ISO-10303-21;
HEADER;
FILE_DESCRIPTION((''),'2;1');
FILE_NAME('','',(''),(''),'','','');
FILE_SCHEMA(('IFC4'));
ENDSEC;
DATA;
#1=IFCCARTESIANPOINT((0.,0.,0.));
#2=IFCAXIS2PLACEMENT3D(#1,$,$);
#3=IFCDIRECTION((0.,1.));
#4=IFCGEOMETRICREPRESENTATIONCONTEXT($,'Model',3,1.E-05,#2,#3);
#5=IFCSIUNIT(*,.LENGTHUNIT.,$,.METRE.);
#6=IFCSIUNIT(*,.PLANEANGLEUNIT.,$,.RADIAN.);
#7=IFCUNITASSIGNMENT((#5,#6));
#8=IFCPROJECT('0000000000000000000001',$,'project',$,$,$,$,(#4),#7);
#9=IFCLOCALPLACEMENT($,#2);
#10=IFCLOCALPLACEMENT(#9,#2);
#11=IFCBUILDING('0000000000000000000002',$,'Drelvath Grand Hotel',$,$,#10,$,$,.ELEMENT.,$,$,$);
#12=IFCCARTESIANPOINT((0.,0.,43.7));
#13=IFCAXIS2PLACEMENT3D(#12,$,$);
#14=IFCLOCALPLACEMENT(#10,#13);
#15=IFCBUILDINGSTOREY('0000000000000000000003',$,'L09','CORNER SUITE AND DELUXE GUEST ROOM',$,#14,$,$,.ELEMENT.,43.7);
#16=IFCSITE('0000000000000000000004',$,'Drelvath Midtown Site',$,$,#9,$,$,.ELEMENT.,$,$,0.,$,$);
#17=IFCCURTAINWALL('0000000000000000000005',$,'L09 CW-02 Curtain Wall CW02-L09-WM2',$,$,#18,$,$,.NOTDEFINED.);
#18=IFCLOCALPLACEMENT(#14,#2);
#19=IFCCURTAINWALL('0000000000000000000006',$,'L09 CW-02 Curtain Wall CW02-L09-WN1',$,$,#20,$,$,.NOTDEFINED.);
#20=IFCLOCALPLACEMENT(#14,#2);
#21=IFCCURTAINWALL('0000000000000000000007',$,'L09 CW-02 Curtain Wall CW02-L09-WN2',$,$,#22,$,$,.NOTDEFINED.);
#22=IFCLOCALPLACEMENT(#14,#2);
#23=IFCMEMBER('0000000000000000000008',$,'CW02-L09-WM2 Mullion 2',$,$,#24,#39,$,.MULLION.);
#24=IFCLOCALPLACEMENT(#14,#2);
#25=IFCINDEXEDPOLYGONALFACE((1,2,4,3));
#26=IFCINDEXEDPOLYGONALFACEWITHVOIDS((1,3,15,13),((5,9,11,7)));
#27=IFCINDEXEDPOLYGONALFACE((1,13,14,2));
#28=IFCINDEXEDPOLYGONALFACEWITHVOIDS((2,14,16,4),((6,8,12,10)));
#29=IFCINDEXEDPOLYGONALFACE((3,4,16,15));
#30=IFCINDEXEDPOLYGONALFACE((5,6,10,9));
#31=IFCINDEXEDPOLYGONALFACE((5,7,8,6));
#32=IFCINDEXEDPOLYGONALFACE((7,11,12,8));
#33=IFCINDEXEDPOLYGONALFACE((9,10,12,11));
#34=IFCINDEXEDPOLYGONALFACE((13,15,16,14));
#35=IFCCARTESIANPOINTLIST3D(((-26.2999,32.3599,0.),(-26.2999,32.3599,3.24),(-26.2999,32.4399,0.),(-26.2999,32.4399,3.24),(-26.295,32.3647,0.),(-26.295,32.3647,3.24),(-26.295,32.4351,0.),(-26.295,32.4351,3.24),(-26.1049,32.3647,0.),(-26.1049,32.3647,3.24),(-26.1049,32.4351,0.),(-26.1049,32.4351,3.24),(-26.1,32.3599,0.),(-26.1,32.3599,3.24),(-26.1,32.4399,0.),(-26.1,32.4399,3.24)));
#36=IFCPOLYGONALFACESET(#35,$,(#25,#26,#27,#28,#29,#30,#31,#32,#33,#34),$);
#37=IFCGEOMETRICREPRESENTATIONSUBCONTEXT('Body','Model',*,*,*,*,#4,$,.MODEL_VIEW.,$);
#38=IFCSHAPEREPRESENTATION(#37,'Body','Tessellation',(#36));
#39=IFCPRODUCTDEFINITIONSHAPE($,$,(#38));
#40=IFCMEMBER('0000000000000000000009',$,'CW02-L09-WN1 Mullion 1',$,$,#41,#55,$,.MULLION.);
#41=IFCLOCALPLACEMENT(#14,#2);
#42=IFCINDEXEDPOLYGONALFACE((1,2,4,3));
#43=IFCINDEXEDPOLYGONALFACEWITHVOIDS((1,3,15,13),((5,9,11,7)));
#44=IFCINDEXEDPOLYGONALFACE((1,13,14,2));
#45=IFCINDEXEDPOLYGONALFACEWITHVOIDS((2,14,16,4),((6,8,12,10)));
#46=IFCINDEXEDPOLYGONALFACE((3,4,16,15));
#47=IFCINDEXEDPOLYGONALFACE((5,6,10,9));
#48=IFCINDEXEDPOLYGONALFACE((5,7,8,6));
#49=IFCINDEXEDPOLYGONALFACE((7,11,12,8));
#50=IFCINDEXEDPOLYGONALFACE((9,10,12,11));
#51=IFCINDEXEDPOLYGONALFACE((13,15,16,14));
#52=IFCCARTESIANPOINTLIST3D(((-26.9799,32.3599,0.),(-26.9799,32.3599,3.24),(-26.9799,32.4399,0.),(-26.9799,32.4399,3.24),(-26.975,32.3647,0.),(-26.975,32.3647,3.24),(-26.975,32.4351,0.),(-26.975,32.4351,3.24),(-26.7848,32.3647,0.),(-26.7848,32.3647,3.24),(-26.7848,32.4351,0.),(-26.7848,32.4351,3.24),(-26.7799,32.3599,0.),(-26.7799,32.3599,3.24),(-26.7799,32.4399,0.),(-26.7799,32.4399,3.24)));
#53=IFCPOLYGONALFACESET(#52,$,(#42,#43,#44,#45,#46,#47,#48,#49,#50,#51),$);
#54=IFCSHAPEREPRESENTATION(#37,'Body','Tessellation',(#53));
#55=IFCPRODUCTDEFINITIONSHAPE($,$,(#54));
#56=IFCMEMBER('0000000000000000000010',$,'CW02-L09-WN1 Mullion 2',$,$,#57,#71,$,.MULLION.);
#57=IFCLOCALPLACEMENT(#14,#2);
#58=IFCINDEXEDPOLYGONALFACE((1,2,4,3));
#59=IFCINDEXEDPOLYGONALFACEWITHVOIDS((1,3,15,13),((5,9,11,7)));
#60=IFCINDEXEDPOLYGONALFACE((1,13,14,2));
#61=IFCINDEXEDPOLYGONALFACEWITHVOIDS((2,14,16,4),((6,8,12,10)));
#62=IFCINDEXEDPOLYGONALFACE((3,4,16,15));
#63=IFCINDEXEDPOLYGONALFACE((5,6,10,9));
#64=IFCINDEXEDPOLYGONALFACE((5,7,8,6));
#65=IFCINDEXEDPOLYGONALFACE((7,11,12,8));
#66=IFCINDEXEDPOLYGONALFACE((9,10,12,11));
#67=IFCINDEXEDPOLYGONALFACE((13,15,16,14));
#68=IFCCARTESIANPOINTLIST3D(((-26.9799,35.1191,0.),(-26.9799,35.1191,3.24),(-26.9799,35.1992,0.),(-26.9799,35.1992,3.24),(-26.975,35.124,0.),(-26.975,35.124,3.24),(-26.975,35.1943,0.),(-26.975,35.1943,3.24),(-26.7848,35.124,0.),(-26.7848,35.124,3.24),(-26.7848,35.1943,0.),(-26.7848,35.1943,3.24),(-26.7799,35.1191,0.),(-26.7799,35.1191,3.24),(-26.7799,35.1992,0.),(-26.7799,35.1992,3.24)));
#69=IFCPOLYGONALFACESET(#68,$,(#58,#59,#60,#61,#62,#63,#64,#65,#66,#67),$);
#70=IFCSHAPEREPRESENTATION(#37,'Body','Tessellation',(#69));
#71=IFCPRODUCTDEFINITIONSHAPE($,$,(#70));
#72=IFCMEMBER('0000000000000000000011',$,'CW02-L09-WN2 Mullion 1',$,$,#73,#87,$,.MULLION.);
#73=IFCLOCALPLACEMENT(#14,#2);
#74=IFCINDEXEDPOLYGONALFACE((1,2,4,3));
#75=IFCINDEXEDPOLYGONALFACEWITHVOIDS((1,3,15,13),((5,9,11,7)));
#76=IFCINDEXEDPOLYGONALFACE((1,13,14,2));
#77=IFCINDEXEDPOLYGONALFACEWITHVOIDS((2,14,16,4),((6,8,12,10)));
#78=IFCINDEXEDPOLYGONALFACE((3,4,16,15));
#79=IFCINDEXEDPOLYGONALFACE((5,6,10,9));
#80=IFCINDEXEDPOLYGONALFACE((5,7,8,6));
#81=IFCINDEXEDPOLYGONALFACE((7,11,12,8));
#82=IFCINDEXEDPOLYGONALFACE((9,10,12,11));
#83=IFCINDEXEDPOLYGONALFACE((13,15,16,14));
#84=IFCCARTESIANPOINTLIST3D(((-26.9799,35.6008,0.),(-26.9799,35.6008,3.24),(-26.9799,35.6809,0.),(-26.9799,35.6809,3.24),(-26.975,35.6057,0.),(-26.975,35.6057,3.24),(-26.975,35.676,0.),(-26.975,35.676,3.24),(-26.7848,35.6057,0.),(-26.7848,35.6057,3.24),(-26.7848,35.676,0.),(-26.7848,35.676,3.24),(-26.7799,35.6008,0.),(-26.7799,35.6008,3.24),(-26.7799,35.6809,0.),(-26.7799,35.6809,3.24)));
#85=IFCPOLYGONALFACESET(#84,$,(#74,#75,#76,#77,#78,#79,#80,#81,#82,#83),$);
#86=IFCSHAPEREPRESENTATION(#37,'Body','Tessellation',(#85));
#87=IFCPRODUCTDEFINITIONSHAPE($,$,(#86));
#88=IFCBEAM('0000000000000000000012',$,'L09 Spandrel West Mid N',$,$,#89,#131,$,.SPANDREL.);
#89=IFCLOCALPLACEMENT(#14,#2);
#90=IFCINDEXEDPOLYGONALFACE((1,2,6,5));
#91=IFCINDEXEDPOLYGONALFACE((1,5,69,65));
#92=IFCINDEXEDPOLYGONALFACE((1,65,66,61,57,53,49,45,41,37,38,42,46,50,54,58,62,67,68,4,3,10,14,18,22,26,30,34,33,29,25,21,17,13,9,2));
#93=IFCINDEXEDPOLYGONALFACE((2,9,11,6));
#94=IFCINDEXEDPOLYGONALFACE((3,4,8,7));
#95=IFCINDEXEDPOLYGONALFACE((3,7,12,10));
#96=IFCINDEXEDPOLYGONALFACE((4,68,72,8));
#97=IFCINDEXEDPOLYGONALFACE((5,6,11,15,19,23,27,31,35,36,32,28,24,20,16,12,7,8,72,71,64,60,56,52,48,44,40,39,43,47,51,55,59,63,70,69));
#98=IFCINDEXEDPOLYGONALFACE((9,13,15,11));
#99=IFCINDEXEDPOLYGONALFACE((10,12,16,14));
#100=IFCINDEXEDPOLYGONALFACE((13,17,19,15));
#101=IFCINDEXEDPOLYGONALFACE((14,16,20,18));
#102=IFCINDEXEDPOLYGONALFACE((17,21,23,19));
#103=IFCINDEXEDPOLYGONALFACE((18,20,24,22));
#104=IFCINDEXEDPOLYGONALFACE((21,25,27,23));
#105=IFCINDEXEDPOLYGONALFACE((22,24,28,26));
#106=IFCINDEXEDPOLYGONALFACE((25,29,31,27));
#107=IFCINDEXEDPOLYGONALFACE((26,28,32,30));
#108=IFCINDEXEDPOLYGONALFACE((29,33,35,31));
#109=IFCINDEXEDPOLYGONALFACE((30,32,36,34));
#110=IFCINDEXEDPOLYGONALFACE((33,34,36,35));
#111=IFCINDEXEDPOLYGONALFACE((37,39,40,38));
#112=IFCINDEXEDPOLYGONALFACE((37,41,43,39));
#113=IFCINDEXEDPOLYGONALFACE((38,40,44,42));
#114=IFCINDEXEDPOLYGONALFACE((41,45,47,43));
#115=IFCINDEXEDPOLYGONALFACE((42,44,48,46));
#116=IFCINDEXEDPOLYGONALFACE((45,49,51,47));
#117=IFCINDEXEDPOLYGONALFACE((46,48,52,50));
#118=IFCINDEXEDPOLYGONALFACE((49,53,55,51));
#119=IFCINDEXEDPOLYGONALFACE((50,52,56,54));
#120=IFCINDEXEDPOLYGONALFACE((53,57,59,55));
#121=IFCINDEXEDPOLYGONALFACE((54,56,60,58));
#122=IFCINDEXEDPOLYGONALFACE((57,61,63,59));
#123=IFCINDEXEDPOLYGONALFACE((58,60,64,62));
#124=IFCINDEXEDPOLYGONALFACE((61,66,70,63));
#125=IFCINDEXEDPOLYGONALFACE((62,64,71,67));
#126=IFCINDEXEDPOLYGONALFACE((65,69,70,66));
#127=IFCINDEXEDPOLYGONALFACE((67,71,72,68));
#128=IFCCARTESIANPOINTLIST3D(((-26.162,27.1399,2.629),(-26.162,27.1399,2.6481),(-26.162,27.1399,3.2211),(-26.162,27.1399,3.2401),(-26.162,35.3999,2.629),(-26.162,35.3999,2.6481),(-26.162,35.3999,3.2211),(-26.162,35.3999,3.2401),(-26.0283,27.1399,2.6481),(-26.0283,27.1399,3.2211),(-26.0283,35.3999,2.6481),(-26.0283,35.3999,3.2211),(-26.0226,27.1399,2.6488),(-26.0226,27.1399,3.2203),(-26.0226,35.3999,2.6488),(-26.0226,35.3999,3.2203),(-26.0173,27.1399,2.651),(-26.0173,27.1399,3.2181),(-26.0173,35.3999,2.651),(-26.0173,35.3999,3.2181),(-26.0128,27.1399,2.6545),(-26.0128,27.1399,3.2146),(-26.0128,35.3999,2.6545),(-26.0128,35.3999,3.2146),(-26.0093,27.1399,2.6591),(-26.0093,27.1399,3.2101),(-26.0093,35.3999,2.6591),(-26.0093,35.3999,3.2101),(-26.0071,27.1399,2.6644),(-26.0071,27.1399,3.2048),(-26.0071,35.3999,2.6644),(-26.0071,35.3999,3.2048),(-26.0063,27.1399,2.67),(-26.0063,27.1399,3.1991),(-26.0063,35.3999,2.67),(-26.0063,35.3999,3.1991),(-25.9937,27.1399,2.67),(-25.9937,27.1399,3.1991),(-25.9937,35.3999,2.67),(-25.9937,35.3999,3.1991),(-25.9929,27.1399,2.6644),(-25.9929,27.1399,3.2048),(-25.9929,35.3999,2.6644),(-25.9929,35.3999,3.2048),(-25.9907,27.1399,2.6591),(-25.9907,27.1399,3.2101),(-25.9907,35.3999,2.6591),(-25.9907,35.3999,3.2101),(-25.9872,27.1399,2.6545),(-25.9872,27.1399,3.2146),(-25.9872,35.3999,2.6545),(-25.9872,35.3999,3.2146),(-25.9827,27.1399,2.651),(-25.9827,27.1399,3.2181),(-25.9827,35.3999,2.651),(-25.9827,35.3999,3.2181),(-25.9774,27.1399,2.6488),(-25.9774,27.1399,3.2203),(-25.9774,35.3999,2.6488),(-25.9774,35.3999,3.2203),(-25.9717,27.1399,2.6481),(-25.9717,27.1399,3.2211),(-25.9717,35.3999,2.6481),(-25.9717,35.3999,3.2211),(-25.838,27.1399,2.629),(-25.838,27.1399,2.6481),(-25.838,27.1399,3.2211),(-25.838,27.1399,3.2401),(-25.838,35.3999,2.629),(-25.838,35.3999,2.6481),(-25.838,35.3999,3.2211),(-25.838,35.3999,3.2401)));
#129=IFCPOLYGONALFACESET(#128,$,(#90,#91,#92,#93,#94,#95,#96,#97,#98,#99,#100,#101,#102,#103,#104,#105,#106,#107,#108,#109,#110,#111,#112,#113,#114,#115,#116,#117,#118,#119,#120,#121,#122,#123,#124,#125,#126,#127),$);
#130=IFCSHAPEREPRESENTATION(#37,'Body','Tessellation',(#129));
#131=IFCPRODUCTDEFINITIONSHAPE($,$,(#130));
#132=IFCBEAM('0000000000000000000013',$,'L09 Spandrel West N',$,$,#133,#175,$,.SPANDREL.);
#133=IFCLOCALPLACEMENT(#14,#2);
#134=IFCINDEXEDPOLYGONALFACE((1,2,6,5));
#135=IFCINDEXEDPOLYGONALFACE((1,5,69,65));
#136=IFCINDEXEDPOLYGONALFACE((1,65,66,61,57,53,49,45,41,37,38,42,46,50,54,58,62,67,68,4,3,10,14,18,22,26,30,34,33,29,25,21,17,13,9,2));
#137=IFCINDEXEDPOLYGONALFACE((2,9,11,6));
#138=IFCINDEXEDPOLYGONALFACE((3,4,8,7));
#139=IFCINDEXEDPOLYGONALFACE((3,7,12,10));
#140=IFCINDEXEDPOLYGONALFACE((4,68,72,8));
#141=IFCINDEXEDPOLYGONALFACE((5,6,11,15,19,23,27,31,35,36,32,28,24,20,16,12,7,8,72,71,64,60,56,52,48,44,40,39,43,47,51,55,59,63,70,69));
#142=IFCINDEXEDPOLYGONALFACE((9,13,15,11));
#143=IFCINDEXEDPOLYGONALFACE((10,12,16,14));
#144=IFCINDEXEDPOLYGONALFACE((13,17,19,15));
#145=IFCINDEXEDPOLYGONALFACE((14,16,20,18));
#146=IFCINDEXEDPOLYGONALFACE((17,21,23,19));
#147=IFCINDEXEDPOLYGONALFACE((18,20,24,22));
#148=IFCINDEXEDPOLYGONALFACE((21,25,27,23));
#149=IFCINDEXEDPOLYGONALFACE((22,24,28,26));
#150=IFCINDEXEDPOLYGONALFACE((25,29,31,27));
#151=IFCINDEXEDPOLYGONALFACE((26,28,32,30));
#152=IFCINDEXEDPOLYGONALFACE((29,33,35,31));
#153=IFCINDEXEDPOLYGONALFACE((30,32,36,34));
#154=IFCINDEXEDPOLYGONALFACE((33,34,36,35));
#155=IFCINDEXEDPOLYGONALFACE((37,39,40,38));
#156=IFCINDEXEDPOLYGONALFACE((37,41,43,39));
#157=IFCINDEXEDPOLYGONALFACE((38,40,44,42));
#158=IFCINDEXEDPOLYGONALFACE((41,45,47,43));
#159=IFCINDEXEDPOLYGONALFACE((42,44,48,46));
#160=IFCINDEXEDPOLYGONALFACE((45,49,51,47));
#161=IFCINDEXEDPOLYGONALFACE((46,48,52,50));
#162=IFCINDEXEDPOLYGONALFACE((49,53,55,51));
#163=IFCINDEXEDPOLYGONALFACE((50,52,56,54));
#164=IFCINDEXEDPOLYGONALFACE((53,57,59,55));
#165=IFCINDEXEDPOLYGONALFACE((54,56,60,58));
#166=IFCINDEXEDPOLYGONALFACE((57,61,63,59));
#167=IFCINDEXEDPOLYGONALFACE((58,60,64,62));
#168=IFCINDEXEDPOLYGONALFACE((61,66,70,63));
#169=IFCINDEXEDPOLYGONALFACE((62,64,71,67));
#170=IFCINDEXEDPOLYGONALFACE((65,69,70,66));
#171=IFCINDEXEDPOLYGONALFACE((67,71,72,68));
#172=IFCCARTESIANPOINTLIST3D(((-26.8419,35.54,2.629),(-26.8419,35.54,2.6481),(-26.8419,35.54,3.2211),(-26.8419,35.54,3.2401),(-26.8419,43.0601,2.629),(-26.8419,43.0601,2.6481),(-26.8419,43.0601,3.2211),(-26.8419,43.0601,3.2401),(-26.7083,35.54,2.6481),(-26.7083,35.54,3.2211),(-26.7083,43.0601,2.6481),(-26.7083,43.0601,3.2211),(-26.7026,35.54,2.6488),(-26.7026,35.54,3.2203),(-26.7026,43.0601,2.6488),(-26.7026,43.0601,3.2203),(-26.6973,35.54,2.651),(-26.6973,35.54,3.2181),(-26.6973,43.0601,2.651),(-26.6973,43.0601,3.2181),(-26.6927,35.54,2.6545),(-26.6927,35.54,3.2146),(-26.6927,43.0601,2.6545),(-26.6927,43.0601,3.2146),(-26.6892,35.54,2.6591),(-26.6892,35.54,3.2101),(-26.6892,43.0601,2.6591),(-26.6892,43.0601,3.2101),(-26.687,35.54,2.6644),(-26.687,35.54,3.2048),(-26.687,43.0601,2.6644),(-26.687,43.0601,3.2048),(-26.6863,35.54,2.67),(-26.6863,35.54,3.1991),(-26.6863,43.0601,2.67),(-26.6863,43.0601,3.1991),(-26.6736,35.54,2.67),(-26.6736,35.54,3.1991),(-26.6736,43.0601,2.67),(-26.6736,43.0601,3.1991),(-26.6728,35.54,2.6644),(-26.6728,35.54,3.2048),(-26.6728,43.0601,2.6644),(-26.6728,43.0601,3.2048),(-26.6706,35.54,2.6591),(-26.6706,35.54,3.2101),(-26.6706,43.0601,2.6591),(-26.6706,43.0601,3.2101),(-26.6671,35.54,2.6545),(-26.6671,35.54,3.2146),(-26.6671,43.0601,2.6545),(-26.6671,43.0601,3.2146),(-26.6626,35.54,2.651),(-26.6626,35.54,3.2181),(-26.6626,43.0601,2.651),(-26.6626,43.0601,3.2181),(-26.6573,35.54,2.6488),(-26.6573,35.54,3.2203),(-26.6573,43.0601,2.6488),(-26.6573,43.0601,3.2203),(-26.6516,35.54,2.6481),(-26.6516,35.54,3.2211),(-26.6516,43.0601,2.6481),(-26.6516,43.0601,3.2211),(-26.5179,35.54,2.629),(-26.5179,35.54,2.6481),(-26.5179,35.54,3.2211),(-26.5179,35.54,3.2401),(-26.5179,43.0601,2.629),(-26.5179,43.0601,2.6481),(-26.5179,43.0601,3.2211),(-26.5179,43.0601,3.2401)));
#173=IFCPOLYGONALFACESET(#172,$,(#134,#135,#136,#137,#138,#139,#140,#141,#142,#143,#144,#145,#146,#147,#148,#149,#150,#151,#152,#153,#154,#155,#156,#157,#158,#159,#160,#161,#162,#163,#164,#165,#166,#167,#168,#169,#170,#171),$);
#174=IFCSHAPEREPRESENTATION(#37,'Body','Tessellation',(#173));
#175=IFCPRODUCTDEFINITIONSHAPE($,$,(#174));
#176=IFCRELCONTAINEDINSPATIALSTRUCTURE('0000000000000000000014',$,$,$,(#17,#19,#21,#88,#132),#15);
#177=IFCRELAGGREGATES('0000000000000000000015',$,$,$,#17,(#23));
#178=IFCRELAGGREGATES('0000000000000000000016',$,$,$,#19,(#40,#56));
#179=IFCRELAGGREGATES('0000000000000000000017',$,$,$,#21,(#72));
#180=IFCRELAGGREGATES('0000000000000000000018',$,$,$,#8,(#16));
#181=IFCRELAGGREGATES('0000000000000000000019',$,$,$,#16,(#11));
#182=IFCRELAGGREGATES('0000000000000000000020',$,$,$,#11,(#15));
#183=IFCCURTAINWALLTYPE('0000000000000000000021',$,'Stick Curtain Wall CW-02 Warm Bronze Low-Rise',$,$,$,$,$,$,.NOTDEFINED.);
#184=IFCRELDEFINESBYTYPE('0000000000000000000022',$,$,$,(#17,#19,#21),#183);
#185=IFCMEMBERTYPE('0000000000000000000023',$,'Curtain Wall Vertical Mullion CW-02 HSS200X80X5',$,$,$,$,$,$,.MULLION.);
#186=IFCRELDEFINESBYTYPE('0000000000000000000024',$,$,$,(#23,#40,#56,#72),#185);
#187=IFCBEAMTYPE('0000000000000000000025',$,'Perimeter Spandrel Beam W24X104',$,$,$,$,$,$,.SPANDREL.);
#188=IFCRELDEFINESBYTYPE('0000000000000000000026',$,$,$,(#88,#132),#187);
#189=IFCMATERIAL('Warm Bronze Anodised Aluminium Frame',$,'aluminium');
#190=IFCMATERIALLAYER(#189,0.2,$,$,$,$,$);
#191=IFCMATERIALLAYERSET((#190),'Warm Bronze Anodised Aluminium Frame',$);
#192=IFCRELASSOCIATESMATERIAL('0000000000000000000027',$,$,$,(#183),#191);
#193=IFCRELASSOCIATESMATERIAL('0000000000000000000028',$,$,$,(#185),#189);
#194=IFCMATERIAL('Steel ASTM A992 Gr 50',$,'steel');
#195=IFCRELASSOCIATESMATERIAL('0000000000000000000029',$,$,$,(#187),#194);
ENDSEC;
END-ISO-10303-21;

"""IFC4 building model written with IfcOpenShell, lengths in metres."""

from ifc_helpers import new_model, si_unit, direction, frame, origin, origin_2d, place, context, subcontext, project, spatial, hollow_rectangle, i_section, extrude, material, layer, layer_set, material_profile, profile_set, type_object, element, aggregate, save


model = new_model("IFC4")

# Units and contexts
model_context = context("Model", 3, precision=1e-05, world=origin(), true_north=direction((0.0, 1.0)))
body_context = subcontext(model_context, "Body", "Model", "MODEL_VIEW")
ifc_project = project(units=[si_unit("LENGTHUNIT", "METRE"), si_unit("PLANEANGLEUNIT", "RADIAN")], contexts=[model_context])

# Site, building, storey
site_placement = place(None, origin())
site = spatial("IfcSite", under=ifc_project, at=site_placement, Name="Drelvath Midtown Site", CompositionType="ELEMENT", RefElevation=0.0)
building_placement = place(site_placement, origin())
building = spatial("IfcBuilding", under=site, at=building_placement, Name="Drelvath Grand Hotel", CompositionType="ELEMENT")
storey_placement = place(building_placement, frame((0.0, 0.0, 43.7)))
storey = spatial("IfcBuildingStorey", under=building, at=storey_placement, Name="L09", Description="CORNER SUITE AND DELUXE GUEST ROOM", CompositionType="ELEMENT", Elevation=43.7)

# Curtain walls
ifc_material_1 = material(Name="Warm Bronze Anodised Aluminium Frame", Category="aluminium")
ifc_layer_1 = layer(ifc_material_1, 0.2)
ifc_layer_set_1 = layer_set([ifc_layer_1], Name="Warm Bronze Anodised Aluminium Frame")
curtain_wall_type = type_object("IfcCurtainWallType", Name="Stick Curtain Wall CW-02 Warm Bronze Low-Rise", PredefinedType="NOTDEFINED", material=ifc_layer_set_1)
curtain_wall_1_placement = place(storey_placement, origin())
curtain_wall_1 = element("IfcCurtainWall", 1, at=curtain_wall_1_placement, inside=storey, type_object=curtain_wall_type, Name="L09 CW-02 Curtain Wall CW02-L09-WM2", PredefinedType="NOTDEFINED")
curtain_wall_2_placement = place(storey_placement, origin())
curtain_wall_2 = element("IfcCurtainWall", 2, at=curtain_wall_2_placement, inside=storey, type_object=curtain_wall_type, Name="L09 CW-02 Curtain Wall CW02-L09-WN1", PredefinedType="NOTDEFINED")
curtain_wall_3_placement = place(storey_placement, origin())
curtain_wall_3 = element("IfcCurtainWall", 3, at=curtain_wall_3_placement, inside=storey, type_object=curtain_wall_type, Name="L09 CW-02 Curtain Wall CW02-L09-WN2", PredefinedType="NOTDEFINED")
ifc_material_profile_1 = material_profile(ifc_material_1, hollow_rectangle(XDim=0.0801, YDim=0.2, WallThickness=0.0049, at=origin_2d()), Name="HSS200X80X5")
ifc_profile_set_1 = profile_set([ifc_material_profile_1], Name="Warm Bronze Anodised Aluminium Frame")
member_type_1 = type_object("IfcMemberType", Name="Curtain Wall Vertical Mullion CW-02 HSS200X80X5", PredefinedType="MULLION", material=ifc_profile_set_1)

# Members
member_1_placement = place(storey_placement, frame((-26.2, 32.3999, 0.0), z_axis=(0.0, 0.0, 1.0), x_axis=(0.0, 1.0, 0.0)))
member_1 = element("IfcMember", 4, at=member_1_placement, type_object=member_type_1, Name="CW02-L09-WM2 Mullion 2", PredefinedType="MULLION", context=body_context, shape_type="SweptSolid", body=[
    extrude(hollow_rectangle(XDim=0.0801, YDim=0.2, WallThickness=0.0049, at=origin_2d()), origin(), (0.0, 0.0, 1.0), 3.24),
])
member_2_placement = place(storey_placement, frame((-26.8799, 32.3999, 0.0), z_axis=(0.0, 0.0, 1.0), x_axis=(0.0, 1.0, 0.0)))
member_2 = element("IfcMember", 5, at=member_2_placement, type_object=member_type_1, Name="CW02-L09-WN1 Mullion 1", PredefinedType="MULLION", context=body_context, shape_type="SweptSolid", body=[
    extrude(hollow_rectangle(XDim=0.0801, YDim=0.2, WallThickness=0.0049, at=origin_2d()), origin(), (0.0, 0.0, 1.0), 3.24),
])
member_3_placement = place(storey_placement, frame((-26.8799, 35.1592, 0.0), z_axis=(0.0, 0.0, 1.0), x_axis=(0.0, 1.0, 0.0)))
member_3 = element("IfcMember", 6, at=member_3_placement, type_object=member_type_1, Name="CW02-L09-WN1 Mullion 2", PredefinedType="MULLION", context=body_context, shape_type="SweptSolid", body=[
    extrude(hollow_rectangle(XDim=0.0801, YDim=0.2, WallThickness=0.0049, at=origin_2d()), origin(), (0.0, 0.0, 1.0), 3.24),
])
member_4_placement = place(storey_placement, frame((-26.8799, 35.6409, 0.0), z_axis=(0.0, 0.0, 1.0), x_axis=(0.0, 1.0, 0.0)))
member_4 = element("IfcMember", 7, at=member_4_placement, type_object=member_type_1, Name="CW02-L09-WN2 Mullion 1", PredefinedType="MULLION", context=body_context, shape_type="SweptSolid", body=[
    extrude(hollow_rectangle(XDim=0.0801, YDim=0.2, WallThickness=0.0049, at=origin_2d()), origin(), (0.0, 0.0, 1.0), 3.24),
])

# Beams
ifc_material_2 = material(Name="Steel ASTM A992 Gr 50", Category="steel")
ifc_material_profile_2 = material_profile(ifc_material_2, i_section(OverallWidth=0.324, OverallDepth=0.6111, WebThickness=0.0127, FlangeThickness=0.019, FilletRadius=0.022, at=origin_2d()), Name="W24X104")
ifc_profile_set_2 = profile_set([ifc_material_profile_2], Name="Steel ASTM A992 Gr 50")
beam_type_1 = type_object("IfcBeamType", Name="Perimeter Spandrel Beam W24X104", PredefinedType="SPANDREL", material=ifc_profile_set_2)
beam_1_placement = place(storey_placement, frame((-26.0, 27.1399, 2.9346), z_axis=(0.0, 1.0, 0.0), x_axis=(-1.0, 0.0, 0.0)))
element("IfcBeam", 8, at=beam_1_placement, inside=storey, type_object=beam_type_1, Name="L09 Spandrel West Mid N", PredefinedType="SPANDREL", context=body_context, shape_type="SweptSolid", body=[
    extrude(i_section(OverallWidth=0.324, OverallDepth=0.6111, WebThickness=0.0127, FlangeThickness=0.019, FilletRadius=0.022, at=origin_2d()), origin(), (0.0, 0.0, 1.0), 8.26),
])
beam_2_placement = place(storey_placement, frame((-26.6799, 35.54, 2.9346), z_axis=(0.0, 1.0, 0.0), x_axis=(-1.0, 0.0, 0.0)))
element("IfcBeam", 9, at=beam_2_placement, inside=storey, type_object=beam_type_1, Name="L09 Spandrel West N", PredefinedType="SPANDREL", context=body_context, shape_type="SweptSolid", body=[
    extrude(i_section(OverallWidth=0.324, OverallDepth=0.6111, WebThickness=0.0127, FlangeThickness=0.019, FilletRadius=0.022, at=origin_2d()), origin(), (0.0, 0.0, 1.0), 7.52),
])

aggregate(curtain_wall_1, [member_1])
aggregate(curtain_wall_2, [member_2, member_3])
aggregate(curtain_wall_3, [member_4])

save(model, "model.ifc")
